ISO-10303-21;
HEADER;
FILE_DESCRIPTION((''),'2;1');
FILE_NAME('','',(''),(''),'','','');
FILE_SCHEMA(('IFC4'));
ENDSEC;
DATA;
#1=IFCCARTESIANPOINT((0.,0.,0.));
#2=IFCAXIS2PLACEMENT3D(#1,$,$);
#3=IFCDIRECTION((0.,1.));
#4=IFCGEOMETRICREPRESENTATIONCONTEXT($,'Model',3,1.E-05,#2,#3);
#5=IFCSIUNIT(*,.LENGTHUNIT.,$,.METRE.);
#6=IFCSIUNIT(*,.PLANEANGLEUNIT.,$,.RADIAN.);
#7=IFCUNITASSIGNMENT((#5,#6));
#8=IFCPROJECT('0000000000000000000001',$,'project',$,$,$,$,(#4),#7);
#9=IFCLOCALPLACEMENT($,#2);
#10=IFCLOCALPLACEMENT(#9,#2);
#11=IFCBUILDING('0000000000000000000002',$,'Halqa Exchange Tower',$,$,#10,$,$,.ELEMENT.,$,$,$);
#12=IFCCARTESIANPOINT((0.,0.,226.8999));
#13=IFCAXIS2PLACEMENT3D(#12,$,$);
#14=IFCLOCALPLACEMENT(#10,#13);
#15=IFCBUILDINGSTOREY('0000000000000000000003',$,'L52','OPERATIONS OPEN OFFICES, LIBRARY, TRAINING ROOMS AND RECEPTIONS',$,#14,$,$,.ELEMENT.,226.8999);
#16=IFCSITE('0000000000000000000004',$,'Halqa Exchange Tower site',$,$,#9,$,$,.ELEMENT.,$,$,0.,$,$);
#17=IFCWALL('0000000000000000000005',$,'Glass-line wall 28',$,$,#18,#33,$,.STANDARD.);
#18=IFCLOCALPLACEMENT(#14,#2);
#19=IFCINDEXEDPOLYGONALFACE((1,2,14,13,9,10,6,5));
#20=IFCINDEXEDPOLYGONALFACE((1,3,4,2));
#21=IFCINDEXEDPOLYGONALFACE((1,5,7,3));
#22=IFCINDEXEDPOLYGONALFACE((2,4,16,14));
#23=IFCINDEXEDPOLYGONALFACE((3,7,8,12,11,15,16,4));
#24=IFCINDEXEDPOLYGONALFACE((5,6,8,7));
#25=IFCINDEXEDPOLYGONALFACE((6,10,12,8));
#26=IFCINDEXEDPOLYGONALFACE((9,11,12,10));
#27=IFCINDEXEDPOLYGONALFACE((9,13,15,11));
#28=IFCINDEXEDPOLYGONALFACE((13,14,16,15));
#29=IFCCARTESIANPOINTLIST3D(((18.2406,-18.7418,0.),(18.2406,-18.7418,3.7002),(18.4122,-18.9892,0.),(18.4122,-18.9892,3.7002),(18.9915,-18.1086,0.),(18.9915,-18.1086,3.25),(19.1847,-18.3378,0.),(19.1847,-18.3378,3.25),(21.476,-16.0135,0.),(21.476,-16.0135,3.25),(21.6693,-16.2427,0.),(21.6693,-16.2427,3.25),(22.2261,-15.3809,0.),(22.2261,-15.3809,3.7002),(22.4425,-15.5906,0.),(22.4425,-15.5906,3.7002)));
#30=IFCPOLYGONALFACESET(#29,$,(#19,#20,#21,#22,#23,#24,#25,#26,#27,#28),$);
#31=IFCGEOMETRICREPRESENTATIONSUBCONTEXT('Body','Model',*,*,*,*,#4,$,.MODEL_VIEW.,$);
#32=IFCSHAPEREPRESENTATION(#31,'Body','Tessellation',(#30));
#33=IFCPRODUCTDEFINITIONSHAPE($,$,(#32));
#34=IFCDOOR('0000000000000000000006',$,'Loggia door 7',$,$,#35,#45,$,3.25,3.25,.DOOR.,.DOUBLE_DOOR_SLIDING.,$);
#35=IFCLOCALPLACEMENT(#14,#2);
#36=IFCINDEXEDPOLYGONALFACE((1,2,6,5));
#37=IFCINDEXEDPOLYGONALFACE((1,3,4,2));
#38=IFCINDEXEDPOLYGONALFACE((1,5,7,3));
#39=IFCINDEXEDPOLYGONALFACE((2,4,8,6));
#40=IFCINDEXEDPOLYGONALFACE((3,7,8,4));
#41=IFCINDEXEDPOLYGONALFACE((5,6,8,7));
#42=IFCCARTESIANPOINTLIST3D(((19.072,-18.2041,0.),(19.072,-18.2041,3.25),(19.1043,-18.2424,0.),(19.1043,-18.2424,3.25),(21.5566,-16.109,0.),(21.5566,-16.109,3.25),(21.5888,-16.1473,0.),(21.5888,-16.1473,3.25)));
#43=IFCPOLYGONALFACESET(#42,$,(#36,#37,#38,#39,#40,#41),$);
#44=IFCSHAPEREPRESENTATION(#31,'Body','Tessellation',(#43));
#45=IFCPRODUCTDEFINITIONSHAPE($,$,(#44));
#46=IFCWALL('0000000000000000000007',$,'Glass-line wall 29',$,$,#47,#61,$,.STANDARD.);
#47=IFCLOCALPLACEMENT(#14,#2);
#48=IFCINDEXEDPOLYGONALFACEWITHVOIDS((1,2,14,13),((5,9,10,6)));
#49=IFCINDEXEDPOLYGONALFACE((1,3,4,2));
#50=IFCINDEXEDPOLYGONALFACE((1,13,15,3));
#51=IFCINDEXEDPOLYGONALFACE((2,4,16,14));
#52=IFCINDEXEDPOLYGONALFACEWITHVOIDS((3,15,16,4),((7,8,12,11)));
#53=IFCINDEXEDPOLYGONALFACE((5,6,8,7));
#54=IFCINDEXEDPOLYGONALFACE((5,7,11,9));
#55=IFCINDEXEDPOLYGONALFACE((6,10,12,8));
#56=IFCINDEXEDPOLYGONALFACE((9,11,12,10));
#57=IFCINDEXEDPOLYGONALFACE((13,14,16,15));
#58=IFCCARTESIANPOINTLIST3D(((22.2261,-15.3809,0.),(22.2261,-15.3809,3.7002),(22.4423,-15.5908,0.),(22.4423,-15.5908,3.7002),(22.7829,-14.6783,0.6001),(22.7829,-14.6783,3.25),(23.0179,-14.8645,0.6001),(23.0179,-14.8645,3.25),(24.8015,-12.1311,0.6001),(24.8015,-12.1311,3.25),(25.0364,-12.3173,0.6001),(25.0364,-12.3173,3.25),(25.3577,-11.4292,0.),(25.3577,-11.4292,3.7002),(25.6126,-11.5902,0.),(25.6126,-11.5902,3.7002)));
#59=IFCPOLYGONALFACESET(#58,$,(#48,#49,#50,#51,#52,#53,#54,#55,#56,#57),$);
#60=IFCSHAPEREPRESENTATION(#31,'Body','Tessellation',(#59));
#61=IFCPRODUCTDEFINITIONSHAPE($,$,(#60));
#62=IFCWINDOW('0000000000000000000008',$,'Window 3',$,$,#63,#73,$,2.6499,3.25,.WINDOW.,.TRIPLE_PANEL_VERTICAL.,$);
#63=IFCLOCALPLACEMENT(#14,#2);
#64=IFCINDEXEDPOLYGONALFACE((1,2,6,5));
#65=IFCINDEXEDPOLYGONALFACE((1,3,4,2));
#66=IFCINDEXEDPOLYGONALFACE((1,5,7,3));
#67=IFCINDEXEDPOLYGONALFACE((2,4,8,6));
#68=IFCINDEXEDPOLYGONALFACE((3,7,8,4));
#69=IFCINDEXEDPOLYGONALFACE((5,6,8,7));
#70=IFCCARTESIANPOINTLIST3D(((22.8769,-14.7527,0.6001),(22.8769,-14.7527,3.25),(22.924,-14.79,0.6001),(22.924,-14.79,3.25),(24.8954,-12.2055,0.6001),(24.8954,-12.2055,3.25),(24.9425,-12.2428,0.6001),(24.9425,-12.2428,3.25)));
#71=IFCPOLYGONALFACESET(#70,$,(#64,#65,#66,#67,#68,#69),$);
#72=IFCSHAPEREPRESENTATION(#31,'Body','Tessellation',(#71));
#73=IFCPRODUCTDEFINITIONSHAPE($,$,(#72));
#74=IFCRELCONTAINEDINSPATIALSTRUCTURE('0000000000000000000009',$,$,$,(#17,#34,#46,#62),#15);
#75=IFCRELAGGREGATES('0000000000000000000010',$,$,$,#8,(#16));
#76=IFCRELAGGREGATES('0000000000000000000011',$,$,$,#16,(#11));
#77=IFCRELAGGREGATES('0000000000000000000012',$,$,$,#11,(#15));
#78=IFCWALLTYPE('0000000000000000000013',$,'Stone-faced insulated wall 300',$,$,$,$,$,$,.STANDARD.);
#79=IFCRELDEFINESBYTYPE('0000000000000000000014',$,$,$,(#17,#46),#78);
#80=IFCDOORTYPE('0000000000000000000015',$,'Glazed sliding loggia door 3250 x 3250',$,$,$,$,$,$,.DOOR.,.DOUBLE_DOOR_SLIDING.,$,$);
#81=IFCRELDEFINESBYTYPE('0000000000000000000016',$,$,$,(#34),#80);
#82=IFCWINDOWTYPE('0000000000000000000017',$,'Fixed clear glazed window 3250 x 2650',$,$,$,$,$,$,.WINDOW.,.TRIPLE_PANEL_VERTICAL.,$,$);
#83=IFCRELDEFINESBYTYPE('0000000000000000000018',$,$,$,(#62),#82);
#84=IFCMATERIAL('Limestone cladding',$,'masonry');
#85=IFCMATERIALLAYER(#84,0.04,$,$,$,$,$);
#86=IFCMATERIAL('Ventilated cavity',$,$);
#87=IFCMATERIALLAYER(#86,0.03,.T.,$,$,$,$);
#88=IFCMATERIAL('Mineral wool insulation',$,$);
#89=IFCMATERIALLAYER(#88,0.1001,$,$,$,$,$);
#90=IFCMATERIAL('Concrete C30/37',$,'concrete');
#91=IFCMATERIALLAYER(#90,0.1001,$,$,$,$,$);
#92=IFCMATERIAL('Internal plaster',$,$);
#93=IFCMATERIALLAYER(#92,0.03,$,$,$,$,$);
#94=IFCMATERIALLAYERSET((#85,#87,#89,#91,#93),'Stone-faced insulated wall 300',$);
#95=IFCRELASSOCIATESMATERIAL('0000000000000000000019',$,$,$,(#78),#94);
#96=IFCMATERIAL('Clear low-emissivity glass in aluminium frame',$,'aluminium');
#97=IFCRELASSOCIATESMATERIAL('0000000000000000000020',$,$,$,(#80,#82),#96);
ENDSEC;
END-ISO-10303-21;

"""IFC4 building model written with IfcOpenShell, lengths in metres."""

from ifc_helpers import new_model, si_unit, direction, frame, frame_2d, origin, place, context, subcontext, project, spatial, polyline, rectangle, outline, extrude, material, layer, layer_set, type_object, element, fill, save


model = new_model("IFC4")

# Units and contexts
model_context = context("Model", 3, precision=1e-05, world=origin(), true_north=direction((0.0, 1.0)))
body_context = subcontext(model_context, "Body", "Model", "MODEL_VIEW")
ifc_project = project(units=[si_unit("LENGTHUNIT", "METRE"), si_unit("PLANEANGLEUNIT", "RADIAN")], contexts=[model_context])

# Site, building, storey
site_placement = place(None, origin())
site = spatial("IfcSite", under=ifc_project, at=site_placement, Name="Halqa Exchange Tower site", CompositionType="ELEMENT", RefElevation=0.0)
building_placement = place(site_placement, origin())
building = spatial("IfcBuilding", under=site, at=building_placement, Name="Halqa Exchange Tower", CompositionType="ELEMENT")
storey_placement = place(building_placement, frame((0.0, 0.0, 226.8999)))
storey = spatial("IfcBuildingStorey", under=building, at=storey_placement, Name="L52", Description="OPERATIONS OPEN OFFICES, LIBRARY, TRAINING ROOMS AND RECEPTIONS", CompositionType="ELEMENT", Elevation=226.8999)

# Wall, opening, door
ifc_material_1 = material(Name="Limestone cladding", Category="masonry")
ifc_layer_1 = layer(ifc_material_1, 0.04)
ifc_material_2 = material(Name="Ventilated cavity")
ifc_layer_2 = layer(ifc_material_2, 0.03, ventilated=True)
ifc_material_3 = material(Name="Mineral wool insulation")
ifc_layer_3 = layer(ifc_material_3, 0.1001)
ifc_material_4 = material(Name="Concrete C30/37", Category="concrete")
ifc_layer_4 = layer(ifc_material_4, 0.1001)
ifc_material_5 = material(Name="Internal plaster")
ifc_layer_5 = layer(ifc_material_5, 0.03)
ifc_layer_set_1 = layer_set([ifc_layer_1, ifc_layer_2, ifc_layer_3, ifc_layer_4, ifc_layer_5], Name="Stone-faced insulated wall 300")
wall_type_1 = type_object("IfcWallType", Name="Stone-faced insulated wall 300", PredefinedType="STANDARD", material=ifc_layer_set_1)
wall_1_placement = place(storey_placement, frame((18.3264, -18.8655, 0.0), z_axis=(0.0, 0.0, 1.0), x_axis=(0.764475, 0.644653, 0.0)))
wall_1 = element("IfcWall", 1, at=wall_1_placement, inside=storey, type_object=wall_type_1, Name="Glass-line wall 28", PredefinedType="STANDARD", context=body_context, shape_type="SweptSolid", body=[
    extrude(outline(polyline([(-0.0142, -0.1499), (5.2578, -0.1499), (5.2275, 0.1499), (0.0142, 0.1499), (-0.0142, -0.1499)])), origin(), (0.0, 0.0, 1.0), 3.7002),
])
opening_1_placement = place(wall_1_placement, frame((0.9963, 0.0, 0.0)))
opening_1 = element("IfcOpeningElement", 2, at=opening_1_placement, cuts=wall_1, PredefinedType="OPENING", context=body_context, shape_type="SweptSolid", body=[
    extrude(rectangle(XDim=3.25, YDim=3.25, at=frame_2d((1.625, 1.625))), frame((0.0, 0.1621, 0.0), z_axis=(0.0, -1.0, 0.0), x_axis=(1.0, 0.0, 0.0)), (0.0, 0.0, 1.0), 0.324),
])
ifc_material_6 = material(Name="Clear low-emissivity glass in aluminium frame", Category="aluminium")
door_type_1 = type_object("IfcDoorType", Name="Glazed sliding loggia door 3250 x 3250", OperationType="DOUBLE_DOOR_SLIDING", PredefinedType="DOOR", material=ifc_material_6)
door_1_placement = place(opening_1_placement, origin())
door_1 = element("IfcDoor", 3, at=door_1_placement, inside=storey, type_object=door_type_1, Name="Loggia door 7", OperationType="DOUBLE_DOOR_SLIDING", OverallHeight=3.25, OverallWidth=3.25, PredefinedType="DOOR", context=body_context, shape_type="SweptSolid", body=[
    extrude(rectangle(XDim=3.25, YDim=3.25, at=frame_2d((1.625, 1.625))), frame((0.0, 0.0249, 0.0), z_axis=(0.0, -1.0, 0.0), x_axis=(1.0, 0.0, 0.0)), (0.0, 0.0, 1.0), 0.05),
])
fill(opening_1, door_1)

# Wall, opening, window
wall_2_placement = place(storey_placement, frame((22.3342, -15.4858, 0.0), z_axis=(0.0, 0.0, 1.0), x_axis=(0.621085, 0.783743, 0.0)))
wall_2 = element("IfcWall", 4, at=wall_2_placement, inside=storey, type_object=wall_type_1, Name="Glass-line wall 29", PredefinedType="STANDARD", context=body_context, shape_type="SweptSolid", body=[
    extrude(outline(polyline([(-0.0151, -0.1499), (5.0894, -0.1499), (5.0571, 0.1499), (0.0151, 0.1499), (-0.0151, -0.1499)])), origin(), (0.0, 0.0, 1.0), 3.7002),
])
opening_2_placement = place(wall_2_placement, frame((0.9116, 0.0, 0.6001)))
opening_2 = element("IfcOpeningElement", 5, at=opening_2_placement, cuts=wall_2, PredefinedType="OPENING", context=body_context, shape_type="SweptSolid", body=[
    extrude(rectangle(XDim=3.25, YDim=2.6499, at=frame_2d((1.625, 1.325))), frame((0.0, 0.1621, 0.0), z_axis=(0.0, -1.0, 0.0), x_axis=(1.0, 0.0, 0.0)), (0.0, 0.0, 1.0), 0.324),
])
window_type = type_object("IfcWindowType", Name="Fixed clear glazed window 3250 x 2650", PartitioningType="TRIPLE_PANEL_VERTICAL", PredefinedType="WINDOW", material=ifc_material_6)
window_placement = place(opening_2_placement, origin())
window = element("IfcWindow", 6, at=window_placement, inside=storey, type_object=window_type, Name="Window 3", OverallHeight=2.6499, OverallWidth=3.25, PartitioningType="TRIPLE_PANEL_VERTICAL", PredefinedType="WINDOW", context=body_context, shape_type="SweptSolid", body=[
    extrude(rectangle(XDim=3.25, YDim=2.6499, at=frame_2d((1.625, 1.325))), frame((0.0, 0.03, 0.0), z_axis=(0.0, -1.0, 0.0), x_axis=(1.0, 0.0, 0.0)), (0.0, 0.0, 1.0), 0.0601),
])
fill(opening_2, window)

save(model, "model.ifc")
